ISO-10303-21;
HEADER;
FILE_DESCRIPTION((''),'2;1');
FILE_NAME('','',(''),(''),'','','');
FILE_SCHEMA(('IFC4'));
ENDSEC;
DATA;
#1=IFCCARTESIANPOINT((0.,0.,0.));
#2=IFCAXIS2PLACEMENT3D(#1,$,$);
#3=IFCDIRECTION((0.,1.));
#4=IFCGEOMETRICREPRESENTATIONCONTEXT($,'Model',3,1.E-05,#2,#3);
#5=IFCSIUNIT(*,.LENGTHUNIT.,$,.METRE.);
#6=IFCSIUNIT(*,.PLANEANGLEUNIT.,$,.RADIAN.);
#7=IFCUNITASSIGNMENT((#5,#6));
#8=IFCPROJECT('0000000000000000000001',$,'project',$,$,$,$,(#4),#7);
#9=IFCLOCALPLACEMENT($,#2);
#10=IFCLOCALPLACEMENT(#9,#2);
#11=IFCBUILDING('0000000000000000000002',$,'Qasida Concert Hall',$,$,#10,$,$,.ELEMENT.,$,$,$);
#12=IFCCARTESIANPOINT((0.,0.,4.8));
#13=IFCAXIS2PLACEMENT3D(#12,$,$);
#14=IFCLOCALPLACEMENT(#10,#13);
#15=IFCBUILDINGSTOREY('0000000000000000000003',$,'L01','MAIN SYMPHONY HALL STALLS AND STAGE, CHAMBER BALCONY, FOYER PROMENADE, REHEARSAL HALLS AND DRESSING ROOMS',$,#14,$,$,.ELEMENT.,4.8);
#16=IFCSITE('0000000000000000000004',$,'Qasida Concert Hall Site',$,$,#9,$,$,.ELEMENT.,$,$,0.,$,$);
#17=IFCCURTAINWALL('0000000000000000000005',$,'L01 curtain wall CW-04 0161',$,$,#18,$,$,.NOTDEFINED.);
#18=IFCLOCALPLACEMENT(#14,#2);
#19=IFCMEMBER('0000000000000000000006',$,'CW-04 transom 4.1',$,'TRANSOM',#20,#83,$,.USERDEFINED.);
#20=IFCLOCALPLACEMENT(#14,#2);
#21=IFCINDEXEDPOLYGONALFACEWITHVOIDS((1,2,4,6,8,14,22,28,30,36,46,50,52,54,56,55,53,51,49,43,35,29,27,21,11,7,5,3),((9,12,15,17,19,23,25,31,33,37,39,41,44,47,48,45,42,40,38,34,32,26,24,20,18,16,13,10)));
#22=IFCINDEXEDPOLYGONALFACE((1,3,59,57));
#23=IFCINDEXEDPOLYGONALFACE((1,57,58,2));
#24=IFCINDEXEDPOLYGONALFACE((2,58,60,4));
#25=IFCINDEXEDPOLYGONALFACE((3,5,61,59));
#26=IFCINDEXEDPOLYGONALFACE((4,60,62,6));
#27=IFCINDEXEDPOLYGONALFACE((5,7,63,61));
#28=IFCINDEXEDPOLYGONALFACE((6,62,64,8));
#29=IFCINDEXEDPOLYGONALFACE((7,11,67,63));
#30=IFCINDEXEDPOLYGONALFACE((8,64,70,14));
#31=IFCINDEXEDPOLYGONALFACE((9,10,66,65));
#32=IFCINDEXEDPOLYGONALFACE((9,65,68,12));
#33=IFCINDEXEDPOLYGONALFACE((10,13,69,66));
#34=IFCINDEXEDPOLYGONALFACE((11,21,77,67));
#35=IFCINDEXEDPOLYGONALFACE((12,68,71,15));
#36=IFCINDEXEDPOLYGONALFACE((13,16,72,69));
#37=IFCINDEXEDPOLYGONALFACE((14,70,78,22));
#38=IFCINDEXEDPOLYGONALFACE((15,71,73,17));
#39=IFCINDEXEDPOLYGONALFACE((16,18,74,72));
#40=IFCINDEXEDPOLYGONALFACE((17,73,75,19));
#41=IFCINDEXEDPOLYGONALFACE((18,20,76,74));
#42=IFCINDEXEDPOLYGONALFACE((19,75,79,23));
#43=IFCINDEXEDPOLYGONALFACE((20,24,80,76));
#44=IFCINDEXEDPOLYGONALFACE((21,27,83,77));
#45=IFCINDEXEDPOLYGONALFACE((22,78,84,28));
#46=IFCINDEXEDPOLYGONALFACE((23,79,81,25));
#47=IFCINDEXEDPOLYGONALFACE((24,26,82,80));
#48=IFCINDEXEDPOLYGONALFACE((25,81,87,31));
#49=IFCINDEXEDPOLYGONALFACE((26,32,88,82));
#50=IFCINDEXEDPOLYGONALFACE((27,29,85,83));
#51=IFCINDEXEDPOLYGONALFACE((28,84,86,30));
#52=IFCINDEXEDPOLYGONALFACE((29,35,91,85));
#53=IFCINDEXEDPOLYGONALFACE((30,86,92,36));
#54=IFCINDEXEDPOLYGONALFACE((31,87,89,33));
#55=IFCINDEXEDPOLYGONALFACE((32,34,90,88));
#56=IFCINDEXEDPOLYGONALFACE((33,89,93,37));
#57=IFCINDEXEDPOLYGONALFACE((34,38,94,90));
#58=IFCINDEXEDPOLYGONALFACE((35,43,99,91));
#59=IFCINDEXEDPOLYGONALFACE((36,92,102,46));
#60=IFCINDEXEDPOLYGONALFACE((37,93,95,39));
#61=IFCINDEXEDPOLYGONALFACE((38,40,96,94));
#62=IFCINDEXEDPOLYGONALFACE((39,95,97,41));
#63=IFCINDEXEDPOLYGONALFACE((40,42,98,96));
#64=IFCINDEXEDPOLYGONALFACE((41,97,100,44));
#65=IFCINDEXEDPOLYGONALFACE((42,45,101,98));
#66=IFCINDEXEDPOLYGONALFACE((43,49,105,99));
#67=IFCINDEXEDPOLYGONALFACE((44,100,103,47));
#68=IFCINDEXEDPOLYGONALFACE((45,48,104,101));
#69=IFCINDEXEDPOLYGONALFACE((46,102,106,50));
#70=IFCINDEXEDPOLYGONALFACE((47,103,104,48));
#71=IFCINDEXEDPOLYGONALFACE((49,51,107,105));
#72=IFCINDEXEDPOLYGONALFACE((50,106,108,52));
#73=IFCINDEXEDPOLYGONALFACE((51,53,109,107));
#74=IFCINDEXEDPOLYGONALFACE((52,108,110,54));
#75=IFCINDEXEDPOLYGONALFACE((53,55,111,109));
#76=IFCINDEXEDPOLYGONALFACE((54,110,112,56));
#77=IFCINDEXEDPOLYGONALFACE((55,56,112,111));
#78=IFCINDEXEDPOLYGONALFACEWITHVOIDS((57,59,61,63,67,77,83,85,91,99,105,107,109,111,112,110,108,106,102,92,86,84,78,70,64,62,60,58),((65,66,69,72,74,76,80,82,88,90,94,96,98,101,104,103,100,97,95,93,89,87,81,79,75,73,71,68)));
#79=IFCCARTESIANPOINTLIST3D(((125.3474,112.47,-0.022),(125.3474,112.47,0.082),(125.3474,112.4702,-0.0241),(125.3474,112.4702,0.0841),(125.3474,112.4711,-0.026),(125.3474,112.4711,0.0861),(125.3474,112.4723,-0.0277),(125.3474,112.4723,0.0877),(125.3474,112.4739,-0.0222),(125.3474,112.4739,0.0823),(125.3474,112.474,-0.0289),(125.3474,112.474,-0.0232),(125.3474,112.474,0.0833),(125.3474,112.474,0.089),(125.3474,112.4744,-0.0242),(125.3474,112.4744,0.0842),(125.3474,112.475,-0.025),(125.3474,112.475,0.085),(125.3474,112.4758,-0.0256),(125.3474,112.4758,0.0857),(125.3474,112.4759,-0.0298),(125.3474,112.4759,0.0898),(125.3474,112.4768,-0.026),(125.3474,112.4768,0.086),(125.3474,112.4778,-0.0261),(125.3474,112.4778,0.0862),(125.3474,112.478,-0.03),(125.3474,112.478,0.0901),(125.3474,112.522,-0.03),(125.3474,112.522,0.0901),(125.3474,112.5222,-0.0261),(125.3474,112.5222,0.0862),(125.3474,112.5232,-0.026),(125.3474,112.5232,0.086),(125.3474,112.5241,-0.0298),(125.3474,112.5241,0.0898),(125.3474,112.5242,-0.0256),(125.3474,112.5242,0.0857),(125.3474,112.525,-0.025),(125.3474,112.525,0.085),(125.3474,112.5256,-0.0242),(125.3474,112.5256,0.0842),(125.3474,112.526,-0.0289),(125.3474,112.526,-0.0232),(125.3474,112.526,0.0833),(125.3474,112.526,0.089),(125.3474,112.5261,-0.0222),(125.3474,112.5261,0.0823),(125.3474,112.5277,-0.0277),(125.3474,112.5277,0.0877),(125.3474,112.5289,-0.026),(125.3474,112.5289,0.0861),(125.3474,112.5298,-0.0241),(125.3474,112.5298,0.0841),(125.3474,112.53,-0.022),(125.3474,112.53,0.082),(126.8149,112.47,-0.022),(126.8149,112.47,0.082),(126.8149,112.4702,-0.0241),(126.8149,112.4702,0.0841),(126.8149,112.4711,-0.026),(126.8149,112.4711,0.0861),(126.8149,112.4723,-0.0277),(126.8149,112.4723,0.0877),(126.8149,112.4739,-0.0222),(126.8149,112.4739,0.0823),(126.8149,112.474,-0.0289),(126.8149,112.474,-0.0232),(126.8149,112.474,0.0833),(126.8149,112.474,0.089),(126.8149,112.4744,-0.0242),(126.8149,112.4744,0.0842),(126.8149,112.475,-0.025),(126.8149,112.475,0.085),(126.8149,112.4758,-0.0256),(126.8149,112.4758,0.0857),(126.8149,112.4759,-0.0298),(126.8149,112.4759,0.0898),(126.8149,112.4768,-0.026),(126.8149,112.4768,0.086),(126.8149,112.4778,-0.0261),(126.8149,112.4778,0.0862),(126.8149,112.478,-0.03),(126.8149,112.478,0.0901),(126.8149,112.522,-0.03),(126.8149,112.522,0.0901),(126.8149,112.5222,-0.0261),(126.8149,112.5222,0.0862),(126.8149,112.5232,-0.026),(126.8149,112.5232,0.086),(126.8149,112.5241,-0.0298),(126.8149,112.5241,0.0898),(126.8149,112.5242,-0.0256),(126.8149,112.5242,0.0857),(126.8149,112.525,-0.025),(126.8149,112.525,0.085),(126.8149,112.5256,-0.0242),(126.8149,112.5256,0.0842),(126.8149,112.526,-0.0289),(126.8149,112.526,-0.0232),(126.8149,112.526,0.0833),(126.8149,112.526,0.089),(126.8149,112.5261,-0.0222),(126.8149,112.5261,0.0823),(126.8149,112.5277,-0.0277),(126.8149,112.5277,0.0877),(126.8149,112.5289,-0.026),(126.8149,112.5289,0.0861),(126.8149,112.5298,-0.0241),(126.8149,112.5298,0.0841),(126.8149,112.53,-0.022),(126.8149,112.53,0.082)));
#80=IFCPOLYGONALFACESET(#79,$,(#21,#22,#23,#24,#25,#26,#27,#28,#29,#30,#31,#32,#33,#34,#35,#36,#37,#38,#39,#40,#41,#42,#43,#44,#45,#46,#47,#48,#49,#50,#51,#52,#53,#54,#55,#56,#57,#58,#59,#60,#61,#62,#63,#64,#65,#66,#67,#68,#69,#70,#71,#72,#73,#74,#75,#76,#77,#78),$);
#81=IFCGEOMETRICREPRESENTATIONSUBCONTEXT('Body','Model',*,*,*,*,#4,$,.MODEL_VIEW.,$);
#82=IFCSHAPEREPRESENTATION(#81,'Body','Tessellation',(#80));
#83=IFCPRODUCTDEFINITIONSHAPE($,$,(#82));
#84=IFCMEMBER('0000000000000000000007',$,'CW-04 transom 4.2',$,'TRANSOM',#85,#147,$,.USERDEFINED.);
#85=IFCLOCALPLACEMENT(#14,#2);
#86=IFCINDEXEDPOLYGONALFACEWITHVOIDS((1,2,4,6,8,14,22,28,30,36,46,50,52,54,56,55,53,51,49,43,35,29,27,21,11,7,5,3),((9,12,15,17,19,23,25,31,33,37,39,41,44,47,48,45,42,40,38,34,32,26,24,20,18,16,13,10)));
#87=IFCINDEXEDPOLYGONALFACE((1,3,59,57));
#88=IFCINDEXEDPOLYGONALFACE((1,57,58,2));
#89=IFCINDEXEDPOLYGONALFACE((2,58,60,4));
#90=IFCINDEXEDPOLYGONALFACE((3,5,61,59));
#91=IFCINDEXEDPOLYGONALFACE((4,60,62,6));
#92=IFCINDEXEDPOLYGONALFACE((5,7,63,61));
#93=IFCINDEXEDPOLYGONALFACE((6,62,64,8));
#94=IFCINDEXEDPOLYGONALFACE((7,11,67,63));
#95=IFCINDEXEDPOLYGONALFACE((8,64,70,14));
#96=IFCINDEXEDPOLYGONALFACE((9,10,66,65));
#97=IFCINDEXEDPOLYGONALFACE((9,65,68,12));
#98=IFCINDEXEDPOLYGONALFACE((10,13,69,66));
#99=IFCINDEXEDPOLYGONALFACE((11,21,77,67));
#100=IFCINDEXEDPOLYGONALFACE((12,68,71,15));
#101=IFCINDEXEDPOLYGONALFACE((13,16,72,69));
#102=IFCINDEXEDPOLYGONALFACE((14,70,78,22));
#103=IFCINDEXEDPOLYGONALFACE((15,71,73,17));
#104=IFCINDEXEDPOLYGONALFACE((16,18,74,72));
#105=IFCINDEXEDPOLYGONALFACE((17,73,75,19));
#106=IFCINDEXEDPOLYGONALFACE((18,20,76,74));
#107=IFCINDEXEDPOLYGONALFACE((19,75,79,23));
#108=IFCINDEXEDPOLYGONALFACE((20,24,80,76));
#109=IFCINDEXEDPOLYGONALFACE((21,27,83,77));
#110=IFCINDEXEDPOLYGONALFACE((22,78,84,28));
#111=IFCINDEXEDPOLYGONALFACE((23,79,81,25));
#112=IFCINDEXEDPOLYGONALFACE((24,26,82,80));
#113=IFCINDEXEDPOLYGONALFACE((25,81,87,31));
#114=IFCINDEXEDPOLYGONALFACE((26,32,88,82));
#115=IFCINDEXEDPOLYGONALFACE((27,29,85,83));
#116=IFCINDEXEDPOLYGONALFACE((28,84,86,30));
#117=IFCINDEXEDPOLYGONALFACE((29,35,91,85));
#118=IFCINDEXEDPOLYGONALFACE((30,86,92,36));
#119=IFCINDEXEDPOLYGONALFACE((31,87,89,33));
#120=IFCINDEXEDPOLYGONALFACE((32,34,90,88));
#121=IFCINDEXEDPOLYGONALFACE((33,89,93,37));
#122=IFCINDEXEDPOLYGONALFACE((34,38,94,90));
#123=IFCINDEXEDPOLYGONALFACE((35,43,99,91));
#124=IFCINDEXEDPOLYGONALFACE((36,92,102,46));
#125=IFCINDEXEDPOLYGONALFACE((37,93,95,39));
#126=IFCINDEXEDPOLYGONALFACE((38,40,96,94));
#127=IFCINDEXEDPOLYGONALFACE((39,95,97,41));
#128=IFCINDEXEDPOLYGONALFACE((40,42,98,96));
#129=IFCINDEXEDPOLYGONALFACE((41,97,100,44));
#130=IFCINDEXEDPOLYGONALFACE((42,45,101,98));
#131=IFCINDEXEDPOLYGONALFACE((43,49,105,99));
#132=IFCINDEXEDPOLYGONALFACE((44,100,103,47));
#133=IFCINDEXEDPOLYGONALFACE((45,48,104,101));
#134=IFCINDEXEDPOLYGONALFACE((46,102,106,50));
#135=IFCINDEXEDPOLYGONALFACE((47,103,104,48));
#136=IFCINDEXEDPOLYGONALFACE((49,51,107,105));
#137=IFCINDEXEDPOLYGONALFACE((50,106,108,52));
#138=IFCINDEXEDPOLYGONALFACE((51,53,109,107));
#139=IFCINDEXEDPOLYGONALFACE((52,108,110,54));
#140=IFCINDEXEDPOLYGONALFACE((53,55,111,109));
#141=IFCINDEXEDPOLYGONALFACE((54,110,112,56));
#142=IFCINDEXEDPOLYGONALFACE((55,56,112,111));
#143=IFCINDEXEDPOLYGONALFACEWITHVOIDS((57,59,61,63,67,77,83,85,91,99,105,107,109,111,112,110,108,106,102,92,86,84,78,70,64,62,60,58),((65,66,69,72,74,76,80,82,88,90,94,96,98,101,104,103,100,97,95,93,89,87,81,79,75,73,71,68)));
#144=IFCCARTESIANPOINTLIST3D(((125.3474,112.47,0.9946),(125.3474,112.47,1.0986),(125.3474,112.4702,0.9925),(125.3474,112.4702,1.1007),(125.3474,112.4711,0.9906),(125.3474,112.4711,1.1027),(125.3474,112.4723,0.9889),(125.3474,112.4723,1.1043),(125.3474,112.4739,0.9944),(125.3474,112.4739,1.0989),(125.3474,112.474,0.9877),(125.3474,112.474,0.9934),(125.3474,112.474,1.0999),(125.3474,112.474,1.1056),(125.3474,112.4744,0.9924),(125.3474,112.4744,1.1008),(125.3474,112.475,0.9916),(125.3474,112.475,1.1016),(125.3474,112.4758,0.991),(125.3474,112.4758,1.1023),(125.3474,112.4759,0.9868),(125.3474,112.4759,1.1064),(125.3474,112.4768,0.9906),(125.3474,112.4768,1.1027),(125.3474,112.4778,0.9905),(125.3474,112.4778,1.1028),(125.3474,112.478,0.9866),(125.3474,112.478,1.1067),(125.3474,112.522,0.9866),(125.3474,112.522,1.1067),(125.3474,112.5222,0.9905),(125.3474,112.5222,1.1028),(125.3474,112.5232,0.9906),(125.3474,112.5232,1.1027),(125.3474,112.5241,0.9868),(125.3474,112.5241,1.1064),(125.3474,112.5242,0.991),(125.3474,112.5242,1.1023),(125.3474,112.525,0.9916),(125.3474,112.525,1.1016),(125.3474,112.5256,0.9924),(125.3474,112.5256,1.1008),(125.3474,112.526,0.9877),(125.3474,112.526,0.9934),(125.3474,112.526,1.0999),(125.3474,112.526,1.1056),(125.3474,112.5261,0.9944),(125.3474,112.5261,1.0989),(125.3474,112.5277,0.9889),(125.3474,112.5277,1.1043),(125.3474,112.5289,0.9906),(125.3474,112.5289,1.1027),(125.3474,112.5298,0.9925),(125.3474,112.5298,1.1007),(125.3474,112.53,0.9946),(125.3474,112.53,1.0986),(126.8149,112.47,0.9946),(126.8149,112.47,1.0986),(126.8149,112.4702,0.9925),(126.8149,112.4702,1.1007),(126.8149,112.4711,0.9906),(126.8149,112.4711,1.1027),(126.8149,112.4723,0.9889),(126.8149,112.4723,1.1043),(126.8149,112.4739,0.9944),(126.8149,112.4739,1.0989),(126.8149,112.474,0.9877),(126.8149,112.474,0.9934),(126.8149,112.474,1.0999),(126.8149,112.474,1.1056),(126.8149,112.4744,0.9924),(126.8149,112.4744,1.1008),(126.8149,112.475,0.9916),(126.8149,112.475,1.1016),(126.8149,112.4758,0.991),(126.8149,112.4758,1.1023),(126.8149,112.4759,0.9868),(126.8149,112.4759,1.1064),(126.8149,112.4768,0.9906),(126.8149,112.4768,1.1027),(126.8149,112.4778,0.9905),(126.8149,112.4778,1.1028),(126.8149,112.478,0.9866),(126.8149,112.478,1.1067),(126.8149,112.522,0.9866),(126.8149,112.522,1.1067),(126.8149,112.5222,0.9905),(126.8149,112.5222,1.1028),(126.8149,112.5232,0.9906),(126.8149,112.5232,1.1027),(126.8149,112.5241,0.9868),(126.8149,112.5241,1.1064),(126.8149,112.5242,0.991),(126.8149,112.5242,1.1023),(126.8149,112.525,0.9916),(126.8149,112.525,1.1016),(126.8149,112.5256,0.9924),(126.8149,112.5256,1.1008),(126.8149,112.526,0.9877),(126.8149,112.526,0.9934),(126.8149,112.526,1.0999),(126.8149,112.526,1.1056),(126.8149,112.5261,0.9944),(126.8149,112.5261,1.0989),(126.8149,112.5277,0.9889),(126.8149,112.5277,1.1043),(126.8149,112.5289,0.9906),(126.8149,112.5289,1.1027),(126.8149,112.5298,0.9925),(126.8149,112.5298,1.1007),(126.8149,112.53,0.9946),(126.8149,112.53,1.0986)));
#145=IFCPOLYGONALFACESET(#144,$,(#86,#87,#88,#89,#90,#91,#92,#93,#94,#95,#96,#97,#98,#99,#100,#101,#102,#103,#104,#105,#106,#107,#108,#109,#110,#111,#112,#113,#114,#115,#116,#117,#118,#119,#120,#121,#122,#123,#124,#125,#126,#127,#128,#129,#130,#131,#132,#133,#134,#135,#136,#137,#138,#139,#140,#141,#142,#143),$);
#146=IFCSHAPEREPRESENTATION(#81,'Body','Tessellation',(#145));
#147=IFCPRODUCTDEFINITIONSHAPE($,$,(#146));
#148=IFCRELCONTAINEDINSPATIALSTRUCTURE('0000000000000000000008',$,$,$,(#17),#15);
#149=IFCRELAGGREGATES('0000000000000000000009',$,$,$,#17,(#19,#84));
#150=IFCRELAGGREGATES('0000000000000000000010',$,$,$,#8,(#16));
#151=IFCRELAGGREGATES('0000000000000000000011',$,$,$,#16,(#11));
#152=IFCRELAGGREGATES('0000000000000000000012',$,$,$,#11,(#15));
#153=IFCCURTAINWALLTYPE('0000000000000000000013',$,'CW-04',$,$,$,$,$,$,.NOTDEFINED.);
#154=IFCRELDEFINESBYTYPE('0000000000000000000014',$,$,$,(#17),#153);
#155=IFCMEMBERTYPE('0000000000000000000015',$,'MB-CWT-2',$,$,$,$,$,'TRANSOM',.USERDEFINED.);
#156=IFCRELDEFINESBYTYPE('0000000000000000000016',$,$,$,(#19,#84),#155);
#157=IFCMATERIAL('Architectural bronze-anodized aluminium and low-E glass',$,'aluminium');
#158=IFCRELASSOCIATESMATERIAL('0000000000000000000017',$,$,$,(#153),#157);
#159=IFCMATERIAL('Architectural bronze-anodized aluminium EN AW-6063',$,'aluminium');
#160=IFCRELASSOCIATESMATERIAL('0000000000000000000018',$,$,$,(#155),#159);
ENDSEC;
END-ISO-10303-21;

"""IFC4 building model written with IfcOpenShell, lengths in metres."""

from ifc_helpers import new_model, si_unit, direction, frame, origin, origin_2d, place, context, subcontext, project, spatial, hollow_rectangle, extrude, material, material_profile, profile_set, type_object, element, aggregate, save


model = new_model("IFC4")

# Units and contexts
model_context = context("Model", 3, precision=1e-05, world=origin(), true_north=direction((0.0, 1.0)))
body_context = subcontext(model_context, "Body", "Model", "MODEL_VIEW")
ifc_project = project(units=[si_unit("LENGTHUNIT", "METRE"), si_unit("PLANEANGLEUNIT", "RADIAN")], contexts=[model_context])

# Site, building, storey
site_placement = place(None, origin())
site = spatial("IfcSite", under=ifc_project, at=site_placement, Name="Qasida Concert Hall Site", CompositionType="ELEMENT", RefElevation=0.0)
building_placement = place(site_placement, origin())
building = spatial("IfcBuilding", under=site, at=building_placement, Name="Qasida Concert Hall", CompositionType="ELEMENT")
storey_placement = place(building_placement, frame((0.0, 0.0, 4.8)))
storey = spatial("IfcBuildingStorey", under=building, at=storey_placement, Name="L01", Description="MAIN SYMPHONY HALL STALLS AND STAGE, CHAMBER BALCONY, FOYER PROMENADE, REHEARSAL HALLS AND DRESSING ROOMS", CompositionType="ELEMENT", Elevation=4.8)

# Curtain wall, members
ifc_material_1 = material(Name="Architectural bronze-anodized aluminium and low-E glass", Category="aluminium")
curtain_wall_type = type_object("IfcCurtainWallType", Name="CW-04", PredefinedType="NOTDEFINED", material=ifc_material_1)
curtain_wall_placement = place(storey_placement, origin())
curtain_wall = element("IfcCurtainWall", 1, at=curtain_wall_placement, inside=storey, type_object=curtain_wall_type, Name="L01 curtain wall CW-04 0161", PredefinedType="NOTDEFINED")
ifc_material_2 = material(Name="Architectural bronze-anodized aluminium EN AW-6063", Category="aluminium")
ifc_material_profile_1 = material_profile(ifc_material_2, hollow_rectangle(XDim=0.0601, YDim=0.1201, WallThickness=0.0039, InnerFilletRadius=0.0039, OuterFilletRadius=0.0081, at=origin_2d()), Name="CWT 120x60x4")
ifc_profile_set_1 = profile_set([ifc_material_profile_1], Name="Architectural bronze-anodized aluminium EN AW-6063")
member_type_1 = type_object("IfcMemberType", Name="MB-CWT-2", ElementType="TRANSOM", PredefinedType="USERDEFINED", material=ifc_profile_set_1)
member_1_placement = place(storey_placement, frame((125.3474, 112.5, 0.03), z_axis=(1.0, 0.0, 0.0), x_axis=(0.0, 1.0, 0.0)))
member_1 = element("IfcMember", 2, at=member_1_placement, type_object=member_type_1, Name="CW-04 transom 4.1", ObjectType="TRANSOM", PredefinedType="USERDEFINED", context=body_context, shape_type="SweptSolid", body=[
    extrude(hollow_rectangle(XDim=0.0601, YDim=0.1201, WallThickness=0.0039, InnerFilletRadius=0.0039, OuterFilletRadius=0.0081, at=origin_2d()), origin(), (0.0, 0.0, 1.0), 1.4675),
])
member_2_placement = place(storey_placement, frame((125.3474, 112.5, 1.0466), z_axis=(1.0, 0.0, 0.0), x_axis=(0.0, 1.0, 0.0)))
member_2 = element("IfcMember", 3, at=member_2_placement, type_object=member_type_1, Name="CW-04 transom 4.2", ObjectType="TRANSOM", PredefinedType="USERDEFINED", context=body_context, shape_type="SweptSolid", body=[
    extrude(hollow_rectangle(XDim=0.0601, YDim=0.1201, WallThickness=0.0039, InnerFilletRadius=0.0039, OuterFilletRadius=0.0081, at=origin_2d()), origin(), (0.0, 0.0, 1.0), 1.4675),
])
aggregate(curtain_wall, [member_1, member_2])

save(model, "model.ifc")
